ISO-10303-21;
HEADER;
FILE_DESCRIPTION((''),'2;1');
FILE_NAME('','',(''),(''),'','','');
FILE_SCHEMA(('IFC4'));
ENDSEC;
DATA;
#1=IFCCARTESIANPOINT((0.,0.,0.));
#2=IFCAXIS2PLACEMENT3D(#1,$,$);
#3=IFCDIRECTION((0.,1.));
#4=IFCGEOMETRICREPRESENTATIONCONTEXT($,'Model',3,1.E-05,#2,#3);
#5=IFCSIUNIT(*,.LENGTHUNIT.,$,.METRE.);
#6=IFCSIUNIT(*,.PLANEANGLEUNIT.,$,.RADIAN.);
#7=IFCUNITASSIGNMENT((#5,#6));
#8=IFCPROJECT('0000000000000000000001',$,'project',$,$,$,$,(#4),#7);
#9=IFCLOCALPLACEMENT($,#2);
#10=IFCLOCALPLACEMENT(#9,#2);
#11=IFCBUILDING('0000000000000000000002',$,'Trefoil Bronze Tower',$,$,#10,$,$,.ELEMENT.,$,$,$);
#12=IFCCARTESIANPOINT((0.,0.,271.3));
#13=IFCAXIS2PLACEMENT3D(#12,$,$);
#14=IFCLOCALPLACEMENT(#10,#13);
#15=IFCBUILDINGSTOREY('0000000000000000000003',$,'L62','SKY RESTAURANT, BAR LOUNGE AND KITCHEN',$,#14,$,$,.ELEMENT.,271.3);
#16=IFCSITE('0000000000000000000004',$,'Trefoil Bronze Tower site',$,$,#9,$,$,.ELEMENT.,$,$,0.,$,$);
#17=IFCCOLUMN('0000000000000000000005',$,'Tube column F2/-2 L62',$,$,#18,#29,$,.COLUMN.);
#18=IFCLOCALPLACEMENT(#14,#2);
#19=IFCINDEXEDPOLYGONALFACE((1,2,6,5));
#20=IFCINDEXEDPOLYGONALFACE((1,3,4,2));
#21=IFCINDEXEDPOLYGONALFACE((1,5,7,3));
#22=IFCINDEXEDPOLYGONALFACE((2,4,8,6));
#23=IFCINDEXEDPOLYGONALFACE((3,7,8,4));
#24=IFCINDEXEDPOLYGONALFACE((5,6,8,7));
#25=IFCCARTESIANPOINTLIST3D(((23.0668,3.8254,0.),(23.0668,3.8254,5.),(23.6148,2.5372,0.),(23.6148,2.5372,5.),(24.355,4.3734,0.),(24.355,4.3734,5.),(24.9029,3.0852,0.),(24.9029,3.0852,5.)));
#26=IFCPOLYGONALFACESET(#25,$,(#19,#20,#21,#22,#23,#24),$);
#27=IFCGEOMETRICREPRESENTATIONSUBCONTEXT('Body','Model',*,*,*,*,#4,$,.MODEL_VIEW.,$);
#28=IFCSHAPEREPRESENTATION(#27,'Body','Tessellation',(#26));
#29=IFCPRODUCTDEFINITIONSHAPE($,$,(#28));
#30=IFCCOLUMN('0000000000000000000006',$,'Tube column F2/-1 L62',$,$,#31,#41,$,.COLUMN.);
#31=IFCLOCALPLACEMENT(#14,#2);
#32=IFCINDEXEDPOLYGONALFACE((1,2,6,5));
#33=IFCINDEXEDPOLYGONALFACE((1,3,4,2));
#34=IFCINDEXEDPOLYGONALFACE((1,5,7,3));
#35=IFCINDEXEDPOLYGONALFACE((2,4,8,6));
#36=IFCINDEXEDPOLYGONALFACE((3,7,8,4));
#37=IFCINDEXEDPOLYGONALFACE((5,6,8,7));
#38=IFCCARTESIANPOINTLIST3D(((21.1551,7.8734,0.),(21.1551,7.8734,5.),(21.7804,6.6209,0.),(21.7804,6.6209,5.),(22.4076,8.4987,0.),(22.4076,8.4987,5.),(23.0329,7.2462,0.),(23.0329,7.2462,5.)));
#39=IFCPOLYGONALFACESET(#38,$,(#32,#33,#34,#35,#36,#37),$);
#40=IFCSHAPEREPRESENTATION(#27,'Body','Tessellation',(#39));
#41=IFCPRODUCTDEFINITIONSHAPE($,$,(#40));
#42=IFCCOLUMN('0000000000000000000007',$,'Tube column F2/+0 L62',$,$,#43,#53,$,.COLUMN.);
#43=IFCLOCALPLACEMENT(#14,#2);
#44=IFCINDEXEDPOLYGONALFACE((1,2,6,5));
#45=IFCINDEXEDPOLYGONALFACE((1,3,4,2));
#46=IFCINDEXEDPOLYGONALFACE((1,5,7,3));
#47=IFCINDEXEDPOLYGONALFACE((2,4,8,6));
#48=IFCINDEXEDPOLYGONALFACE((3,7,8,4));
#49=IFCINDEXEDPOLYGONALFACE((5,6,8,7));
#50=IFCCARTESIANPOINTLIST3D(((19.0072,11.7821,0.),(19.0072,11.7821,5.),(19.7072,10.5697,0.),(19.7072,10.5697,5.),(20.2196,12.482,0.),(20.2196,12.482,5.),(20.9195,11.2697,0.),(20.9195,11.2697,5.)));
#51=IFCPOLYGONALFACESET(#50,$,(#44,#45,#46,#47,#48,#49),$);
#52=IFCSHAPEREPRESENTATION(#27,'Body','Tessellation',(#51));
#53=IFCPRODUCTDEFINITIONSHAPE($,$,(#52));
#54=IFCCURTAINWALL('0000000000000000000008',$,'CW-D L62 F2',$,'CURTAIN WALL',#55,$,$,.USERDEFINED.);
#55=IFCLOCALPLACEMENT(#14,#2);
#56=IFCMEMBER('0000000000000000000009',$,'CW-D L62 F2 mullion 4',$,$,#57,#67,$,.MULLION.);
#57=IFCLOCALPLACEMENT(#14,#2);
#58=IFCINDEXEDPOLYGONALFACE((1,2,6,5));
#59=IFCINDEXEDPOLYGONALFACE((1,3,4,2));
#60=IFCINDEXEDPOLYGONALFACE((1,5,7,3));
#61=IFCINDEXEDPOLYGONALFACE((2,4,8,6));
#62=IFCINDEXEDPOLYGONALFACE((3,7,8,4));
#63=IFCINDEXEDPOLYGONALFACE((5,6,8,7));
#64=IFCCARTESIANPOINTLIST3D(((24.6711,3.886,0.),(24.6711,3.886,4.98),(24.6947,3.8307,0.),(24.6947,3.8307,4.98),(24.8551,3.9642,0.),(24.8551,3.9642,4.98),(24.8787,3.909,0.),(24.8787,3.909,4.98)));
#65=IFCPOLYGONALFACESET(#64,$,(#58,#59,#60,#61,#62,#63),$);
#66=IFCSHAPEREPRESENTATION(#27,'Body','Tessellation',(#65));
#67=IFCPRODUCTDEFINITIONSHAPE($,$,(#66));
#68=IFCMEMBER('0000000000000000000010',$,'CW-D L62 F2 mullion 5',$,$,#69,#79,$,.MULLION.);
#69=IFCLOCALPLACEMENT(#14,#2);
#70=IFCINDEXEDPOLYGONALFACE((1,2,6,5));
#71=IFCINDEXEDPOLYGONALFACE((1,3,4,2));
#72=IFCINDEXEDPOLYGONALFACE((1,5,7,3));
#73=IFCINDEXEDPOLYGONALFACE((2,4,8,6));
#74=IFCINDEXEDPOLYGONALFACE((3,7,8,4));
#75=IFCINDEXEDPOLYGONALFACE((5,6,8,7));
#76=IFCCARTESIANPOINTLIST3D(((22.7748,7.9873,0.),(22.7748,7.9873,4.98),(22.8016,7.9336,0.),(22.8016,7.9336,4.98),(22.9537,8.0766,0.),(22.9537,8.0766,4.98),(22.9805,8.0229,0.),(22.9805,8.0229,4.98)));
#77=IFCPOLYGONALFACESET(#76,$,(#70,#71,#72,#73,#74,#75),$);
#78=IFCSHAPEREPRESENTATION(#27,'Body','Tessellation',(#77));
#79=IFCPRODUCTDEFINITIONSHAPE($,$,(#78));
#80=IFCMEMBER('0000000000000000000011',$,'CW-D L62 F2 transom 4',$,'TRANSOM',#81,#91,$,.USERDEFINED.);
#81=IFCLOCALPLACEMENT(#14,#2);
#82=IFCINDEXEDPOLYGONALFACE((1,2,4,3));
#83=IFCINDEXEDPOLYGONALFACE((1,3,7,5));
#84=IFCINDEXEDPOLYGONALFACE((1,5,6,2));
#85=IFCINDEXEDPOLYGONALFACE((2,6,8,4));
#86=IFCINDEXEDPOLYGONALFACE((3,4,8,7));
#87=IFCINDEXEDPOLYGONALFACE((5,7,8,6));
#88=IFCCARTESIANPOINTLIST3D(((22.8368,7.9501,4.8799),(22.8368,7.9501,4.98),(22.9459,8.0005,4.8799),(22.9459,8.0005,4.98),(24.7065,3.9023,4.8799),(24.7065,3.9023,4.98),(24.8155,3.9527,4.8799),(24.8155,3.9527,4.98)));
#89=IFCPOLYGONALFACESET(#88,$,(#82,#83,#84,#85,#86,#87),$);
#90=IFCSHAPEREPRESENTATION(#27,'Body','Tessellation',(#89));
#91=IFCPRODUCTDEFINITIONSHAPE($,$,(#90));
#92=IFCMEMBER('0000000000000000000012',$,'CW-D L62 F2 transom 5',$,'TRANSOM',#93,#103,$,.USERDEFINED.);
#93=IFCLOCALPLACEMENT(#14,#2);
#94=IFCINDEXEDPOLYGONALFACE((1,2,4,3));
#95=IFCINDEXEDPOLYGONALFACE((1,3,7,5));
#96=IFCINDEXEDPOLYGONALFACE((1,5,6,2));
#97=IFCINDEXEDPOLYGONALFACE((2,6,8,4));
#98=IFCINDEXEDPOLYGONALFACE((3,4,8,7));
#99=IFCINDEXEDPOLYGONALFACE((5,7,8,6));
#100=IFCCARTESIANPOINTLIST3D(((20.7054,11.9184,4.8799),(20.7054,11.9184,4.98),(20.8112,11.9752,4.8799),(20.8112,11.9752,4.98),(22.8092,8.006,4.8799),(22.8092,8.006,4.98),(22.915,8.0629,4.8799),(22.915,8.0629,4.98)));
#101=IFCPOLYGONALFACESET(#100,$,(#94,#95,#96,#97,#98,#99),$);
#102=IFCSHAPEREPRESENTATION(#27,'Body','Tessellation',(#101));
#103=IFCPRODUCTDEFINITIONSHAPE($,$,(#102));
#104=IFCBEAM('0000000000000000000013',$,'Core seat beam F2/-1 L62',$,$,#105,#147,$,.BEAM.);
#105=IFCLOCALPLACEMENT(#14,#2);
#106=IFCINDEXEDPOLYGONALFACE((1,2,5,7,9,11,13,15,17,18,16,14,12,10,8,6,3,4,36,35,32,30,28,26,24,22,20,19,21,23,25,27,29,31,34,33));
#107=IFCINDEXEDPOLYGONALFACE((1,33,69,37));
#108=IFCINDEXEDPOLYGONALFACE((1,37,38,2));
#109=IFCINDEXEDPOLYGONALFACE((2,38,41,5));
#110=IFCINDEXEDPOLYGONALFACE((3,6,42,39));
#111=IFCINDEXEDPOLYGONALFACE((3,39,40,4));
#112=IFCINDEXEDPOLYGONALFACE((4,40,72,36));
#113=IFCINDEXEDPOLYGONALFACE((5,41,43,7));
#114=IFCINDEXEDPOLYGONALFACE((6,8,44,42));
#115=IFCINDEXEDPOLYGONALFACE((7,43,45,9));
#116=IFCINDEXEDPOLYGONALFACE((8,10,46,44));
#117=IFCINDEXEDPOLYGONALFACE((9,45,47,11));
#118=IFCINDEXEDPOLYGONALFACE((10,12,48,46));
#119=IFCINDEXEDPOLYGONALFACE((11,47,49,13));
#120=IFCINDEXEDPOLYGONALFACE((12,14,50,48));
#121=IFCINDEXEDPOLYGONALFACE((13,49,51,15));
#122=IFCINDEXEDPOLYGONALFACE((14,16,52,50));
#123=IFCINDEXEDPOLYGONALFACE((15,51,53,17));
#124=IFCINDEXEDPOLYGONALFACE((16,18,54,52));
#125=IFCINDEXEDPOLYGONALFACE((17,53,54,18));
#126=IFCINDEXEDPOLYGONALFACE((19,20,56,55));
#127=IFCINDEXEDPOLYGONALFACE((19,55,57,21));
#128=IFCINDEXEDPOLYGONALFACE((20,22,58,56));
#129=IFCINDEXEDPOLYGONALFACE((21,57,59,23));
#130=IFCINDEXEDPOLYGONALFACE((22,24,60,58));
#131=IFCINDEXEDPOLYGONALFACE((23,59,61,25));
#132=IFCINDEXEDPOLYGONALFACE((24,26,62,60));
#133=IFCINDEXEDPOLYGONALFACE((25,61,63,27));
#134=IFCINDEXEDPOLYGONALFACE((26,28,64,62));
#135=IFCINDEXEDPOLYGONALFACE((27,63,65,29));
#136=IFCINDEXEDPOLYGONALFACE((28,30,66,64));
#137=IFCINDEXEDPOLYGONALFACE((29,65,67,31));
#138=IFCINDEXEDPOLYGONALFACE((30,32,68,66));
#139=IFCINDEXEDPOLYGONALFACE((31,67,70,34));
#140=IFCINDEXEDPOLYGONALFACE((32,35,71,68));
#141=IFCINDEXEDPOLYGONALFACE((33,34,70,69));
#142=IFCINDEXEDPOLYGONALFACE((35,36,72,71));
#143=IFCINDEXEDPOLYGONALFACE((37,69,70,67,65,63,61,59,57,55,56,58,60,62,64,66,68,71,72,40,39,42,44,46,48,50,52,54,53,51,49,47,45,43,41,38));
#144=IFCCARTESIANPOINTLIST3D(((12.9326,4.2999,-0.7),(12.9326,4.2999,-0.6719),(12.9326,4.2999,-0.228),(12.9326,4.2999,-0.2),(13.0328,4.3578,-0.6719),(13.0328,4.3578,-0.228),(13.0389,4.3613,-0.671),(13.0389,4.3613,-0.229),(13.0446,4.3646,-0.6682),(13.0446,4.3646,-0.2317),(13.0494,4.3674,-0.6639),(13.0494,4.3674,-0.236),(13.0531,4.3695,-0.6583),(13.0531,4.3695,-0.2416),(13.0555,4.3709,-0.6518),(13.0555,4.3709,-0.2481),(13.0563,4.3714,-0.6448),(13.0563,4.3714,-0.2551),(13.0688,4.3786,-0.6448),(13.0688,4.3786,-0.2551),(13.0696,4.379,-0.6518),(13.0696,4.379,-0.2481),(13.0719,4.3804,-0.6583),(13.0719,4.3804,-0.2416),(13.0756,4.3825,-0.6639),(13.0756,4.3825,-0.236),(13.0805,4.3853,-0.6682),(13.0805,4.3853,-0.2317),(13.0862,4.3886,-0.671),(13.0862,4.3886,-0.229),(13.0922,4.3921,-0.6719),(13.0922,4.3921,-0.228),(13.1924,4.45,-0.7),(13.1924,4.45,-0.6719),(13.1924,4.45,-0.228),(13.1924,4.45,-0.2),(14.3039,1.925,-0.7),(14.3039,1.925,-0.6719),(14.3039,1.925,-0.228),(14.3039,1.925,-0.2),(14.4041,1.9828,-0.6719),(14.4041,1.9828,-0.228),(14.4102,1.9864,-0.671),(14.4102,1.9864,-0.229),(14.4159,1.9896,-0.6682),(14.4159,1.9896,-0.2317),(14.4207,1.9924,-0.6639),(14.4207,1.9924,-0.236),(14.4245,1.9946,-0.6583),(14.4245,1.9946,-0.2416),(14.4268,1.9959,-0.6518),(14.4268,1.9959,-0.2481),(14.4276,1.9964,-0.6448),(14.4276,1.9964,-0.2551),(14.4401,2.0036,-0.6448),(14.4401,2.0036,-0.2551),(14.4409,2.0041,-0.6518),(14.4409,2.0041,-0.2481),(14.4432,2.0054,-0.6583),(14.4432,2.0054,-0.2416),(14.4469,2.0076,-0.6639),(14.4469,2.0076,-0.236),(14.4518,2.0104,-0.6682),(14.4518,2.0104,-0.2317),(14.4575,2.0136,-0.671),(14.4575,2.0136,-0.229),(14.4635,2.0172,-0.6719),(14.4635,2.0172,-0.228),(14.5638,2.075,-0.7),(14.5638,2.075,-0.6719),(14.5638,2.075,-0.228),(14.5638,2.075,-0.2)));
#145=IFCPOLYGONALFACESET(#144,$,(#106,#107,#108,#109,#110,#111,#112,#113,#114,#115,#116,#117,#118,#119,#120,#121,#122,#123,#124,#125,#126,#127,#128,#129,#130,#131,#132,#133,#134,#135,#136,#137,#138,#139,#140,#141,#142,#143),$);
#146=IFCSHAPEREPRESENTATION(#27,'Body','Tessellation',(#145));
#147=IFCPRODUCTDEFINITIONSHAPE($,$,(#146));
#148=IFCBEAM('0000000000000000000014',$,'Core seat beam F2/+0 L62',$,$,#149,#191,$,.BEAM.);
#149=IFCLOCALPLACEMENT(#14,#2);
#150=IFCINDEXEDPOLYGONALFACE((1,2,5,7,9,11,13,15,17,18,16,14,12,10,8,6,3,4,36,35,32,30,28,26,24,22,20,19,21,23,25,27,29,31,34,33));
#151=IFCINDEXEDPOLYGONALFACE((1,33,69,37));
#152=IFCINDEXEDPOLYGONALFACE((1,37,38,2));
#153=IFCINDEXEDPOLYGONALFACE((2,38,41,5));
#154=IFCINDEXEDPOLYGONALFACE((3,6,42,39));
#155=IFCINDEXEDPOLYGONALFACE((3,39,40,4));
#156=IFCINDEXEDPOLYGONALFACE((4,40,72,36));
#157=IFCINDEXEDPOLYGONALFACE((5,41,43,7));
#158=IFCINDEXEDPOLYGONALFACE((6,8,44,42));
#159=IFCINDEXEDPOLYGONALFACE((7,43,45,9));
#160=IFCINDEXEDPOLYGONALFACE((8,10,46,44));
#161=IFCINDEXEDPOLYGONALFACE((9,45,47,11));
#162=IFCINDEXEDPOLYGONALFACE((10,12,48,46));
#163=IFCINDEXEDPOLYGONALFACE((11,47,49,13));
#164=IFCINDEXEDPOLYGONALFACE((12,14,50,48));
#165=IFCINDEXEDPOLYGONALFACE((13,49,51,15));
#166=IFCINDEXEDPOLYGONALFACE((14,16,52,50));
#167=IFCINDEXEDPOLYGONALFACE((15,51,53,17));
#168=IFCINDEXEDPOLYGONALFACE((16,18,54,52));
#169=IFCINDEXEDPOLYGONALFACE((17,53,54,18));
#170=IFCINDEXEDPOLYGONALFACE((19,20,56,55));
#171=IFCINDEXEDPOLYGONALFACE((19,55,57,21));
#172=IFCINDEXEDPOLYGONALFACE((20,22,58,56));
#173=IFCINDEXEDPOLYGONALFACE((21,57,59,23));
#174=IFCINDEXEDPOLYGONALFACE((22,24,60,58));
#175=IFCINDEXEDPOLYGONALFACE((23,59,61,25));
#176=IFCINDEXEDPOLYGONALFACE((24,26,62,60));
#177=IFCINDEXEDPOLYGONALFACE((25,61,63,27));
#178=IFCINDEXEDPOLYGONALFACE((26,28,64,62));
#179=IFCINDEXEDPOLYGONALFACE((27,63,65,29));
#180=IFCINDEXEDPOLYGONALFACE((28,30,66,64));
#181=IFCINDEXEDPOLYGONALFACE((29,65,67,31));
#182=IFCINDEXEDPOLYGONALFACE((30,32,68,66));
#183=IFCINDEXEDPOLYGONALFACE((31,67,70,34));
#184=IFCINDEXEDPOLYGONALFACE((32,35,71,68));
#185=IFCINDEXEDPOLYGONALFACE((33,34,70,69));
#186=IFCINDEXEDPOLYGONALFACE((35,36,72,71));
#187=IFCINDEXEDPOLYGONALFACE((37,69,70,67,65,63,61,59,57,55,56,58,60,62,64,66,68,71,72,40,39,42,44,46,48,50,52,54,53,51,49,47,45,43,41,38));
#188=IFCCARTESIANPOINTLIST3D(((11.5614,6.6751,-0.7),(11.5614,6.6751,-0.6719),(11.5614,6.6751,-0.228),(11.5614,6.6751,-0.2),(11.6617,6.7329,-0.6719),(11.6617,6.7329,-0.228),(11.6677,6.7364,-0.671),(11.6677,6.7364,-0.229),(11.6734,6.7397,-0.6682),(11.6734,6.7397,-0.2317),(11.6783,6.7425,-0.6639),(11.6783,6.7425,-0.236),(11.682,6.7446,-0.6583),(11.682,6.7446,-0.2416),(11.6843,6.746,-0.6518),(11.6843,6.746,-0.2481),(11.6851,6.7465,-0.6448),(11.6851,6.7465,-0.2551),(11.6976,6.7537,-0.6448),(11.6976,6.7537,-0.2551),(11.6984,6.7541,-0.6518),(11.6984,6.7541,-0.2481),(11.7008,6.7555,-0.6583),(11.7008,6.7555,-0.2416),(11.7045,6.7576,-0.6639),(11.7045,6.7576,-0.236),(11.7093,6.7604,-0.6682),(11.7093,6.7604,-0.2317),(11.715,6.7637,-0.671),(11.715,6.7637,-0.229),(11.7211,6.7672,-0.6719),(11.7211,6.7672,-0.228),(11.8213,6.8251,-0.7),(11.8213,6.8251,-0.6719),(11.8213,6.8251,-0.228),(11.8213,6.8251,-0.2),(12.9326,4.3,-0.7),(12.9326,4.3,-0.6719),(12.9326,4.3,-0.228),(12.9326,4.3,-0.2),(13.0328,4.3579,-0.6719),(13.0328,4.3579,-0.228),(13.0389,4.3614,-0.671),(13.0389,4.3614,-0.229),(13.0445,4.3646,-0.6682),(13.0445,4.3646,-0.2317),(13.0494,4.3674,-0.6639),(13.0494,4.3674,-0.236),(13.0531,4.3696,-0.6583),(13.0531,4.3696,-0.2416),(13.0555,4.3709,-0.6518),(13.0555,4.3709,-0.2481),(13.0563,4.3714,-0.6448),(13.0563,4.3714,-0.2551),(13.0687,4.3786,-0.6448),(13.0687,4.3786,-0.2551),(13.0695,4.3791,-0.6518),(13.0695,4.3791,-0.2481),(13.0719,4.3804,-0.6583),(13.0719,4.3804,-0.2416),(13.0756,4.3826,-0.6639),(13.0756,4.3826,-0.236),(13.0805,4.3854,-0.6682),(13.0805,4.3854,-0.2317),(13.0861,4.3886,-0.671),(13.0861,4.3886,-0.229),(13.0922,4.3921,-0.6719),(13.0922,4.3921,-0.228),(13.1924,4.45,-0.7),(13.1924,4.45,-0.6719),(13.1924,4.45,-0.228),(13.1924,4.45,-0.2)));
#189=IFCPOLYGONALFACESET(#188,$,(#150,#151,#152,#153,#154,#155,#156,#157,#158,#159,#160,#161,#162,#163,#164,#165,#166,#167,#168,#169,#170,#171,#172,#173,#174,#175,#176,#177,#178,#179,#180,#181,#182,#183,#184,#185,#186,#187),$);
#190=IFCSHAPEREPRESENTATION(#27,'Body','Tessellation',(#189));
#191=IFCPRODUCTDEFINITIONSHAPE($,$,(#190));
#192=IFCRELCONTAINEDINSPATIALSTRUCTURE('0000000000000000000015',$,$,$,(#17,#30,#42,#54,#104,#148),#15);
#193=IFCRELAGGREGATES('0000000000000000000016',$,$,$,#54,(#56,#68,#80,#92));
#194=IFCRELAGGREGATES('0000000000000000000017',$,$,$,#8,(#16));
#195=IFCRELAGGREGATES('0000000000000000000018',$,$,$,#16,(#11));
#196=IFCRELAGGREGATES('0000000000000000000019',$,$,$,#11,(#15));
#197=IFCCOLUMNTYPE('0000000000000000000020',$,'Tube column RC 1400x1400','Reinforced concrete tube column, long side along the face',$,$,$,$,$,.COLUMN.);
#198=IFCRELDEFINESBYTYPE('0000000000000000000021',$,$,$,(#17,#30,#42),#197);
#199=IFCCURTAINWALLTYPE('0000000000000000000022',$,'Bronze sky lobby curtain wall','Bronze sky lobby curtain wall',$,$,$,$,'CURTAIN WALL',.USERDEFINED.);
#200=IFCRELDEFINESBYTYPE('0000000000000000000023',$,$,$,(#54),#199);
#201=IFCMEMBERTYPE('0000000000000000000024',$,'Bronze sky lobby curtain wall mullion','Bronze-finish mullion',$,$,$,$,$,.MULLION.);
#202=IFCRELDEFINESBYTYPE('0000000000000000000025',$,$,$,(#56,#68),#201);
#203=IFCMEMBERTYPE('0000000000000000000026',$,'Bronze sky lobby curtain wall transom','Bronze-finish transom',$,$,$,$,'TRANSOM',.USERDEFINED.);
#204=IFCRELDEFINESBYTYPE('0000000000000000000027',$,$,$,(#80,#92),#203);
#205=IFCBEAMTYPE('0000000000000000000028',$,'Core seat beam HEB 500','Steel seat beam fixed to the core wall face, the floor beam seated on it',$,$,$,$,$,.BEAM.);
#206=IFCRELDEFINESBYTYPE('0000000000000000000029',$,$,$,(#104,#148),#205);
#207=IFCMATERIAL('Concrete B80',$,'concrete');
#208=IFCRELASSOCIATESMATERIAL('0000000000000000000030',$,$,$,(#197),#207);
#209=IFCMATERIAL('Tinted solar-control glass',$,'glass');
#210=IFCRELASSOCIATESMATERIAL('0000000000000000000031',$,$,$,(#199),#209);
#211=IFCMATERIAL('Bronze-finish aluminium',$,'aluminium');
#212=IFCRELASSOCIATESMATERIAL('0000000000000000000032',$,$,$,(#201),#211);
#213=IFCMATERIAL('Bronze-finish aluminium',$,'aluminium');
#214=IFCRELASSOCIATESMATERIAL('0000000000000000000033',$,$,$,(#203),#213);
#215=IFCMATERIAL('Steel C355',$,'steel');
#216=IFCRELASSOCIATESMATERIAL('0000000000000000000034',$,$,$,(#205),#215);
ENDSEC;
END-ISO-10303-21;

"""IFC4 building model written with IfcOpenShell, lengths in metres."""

from ifc_helpers import new_model, si_unit, direction, frame, origin, origin_2d, place, context, subcontext, project, spatial, rectangle, i_section, extrude, material, material_profile, profile_set, type_object, element, aggregate, save


model = new_model("IFC4")

# Units and contexts
model_context = context("Model", 3, precision=1e-05, world=origin(), true_north=direction((0.0, 1.0)))
body_context = subcontext(model_context, "Body", "Model", "MODEL_VIEW")
ifc_project = project(units=[si_unit("LENGTHUNIT", "METRE"), si_unit("PLANEANGLEUNIT", "RADIAN")], contexts=[model_context])

# Site, building, storey
site_placement = place(None, origin())
site = spatial("IfcSite", under=ifc_project, at=site_placement, Name="Trefoil Bronze Tower site", CompositionType="ELEMENT", RefElevation=0.0)
building_placement = place(site_placement, origin())
building = spatial("IfcBuilding", under=site, at=building_placement, Name="Trefoil Bronze Tower", CompositionType="ELEMENT")
storey_placement = place(building_placement, frame((0.0, 0.0, 271.3)))
storey = spatial("IfcBuildingStorey", under=building, at=storey_placement, Name="L62", Description="SKY RESTAURANT, BAR LOUNGE AND KITCHEN", CompositionType="ELEMENT", Elevation=271.3)

# Columns
ifc_material_1 = material(Name="Concrete B80", Category="concrete")
ifc_material_profile_1 = material_profile(ifc_material_1, rectangle(XDim=1.3999, YDim=1.3999, at=origin_2d()), Name="RC 1400x1400")
ifc_profile_set_1 = profile_set([ifc_material_profile_1], Name="Concrete B80")
column_type = type_object("IfcColumnType", Name="Tube column RC 1400x1400", Description="Reinforced concrete tube column, long side along the face", PredefinedType="COLUMN", material=ifc_profile_set_1)
for number, where, z_axis, x_axis, name in (
    (1, (23.9849, 3.4553, 0.0), (0.0, 0.0, 1.0), (-0.391436, 0.920205, 0.0), "Tube column F2/-2 L62"),
    (2, (22.094, 7.5598, 0.0), (0.0, 0.0, 1.0), (-0.446641, 0.894713, 0.0), "Tube column F2/-1 L62"),
    (3, (19.9634, 11.5259, 0.0), (0.0, 0.0, 1.0), (-0.5, 0.866025, 0.0), "Tube column F2/+0 L62"),
):
    element("IfcColumn", number, at=place(storey_placement, frame(where, z_axis=z_axis, x_axis=x_axis)), inside=storey, type_object=column_type, Name=name, PredefinedType="COLUMN", context=body_context, shape_type="SweptSolid", body=[
        extrude(rectangle(XDim=1.3999, YDim=1.3999, at=origin_2d()), origin(), (0.0, 0.0, 1.0), 5.0),
    ])

# Curtain wall, members
ifc_material_2 = material(Name="Tinted solar-control glass", Category="glass")
curtain_wall_type = type_object("IfcCurtainWallType", Name="Bronze sky lobby curtain wall", Description="Bronze sky lobby curtain wall", ElementType="CURTAIN WALL", PredefinedType="USERDEFINED", material=ifc_material_2)
curtain_wall_placement = place(storey_placement, origin())
curtain_wall = element("IfcCurtainWall", 4, at=curtain_wall_placement, inside=storey, type_object=curtain_wall_type, Name="CW-D L62 F2", ObjectType="CURTAIN WALL", PredefinedType="USERDEFINED")
ifc_material_3 = material(Name="Bronze-finish aluminium", Category="aluminium")
ifc_material_profile_2 = material_profile(ifc_material_3, rectangle(XDim=0.2, YDim=0.0601, at=origin_2d()), Name="CW-D mullion")
ifc_profile_set_2 = profile_set([ifc_material_profile_2], Name="Bronze-finish aluminium")
member_type_1 = type_object("IfcMemberType", Name="Bronze sky lobby curtain wall mullion", Description="Bronze-finish mullion", PredefinedType="MULLION", material=ifc_profile_set_2)
member_1_placement = place(storey_placement, frame((24.7749, 3.8975, 0.0), z_axis=(0.0, 0.0, 1.0), x_axis=(-0.920205, -0.391436, 0.0)))
member_1 = element("IfcMember", 5, at=member_1_placement, type_object=member_type_1, Name="CW-D L62 F2 mullion 4", PredefinedType="MULLION", context=body_context, shape_type="SweptSolid", body=[
    extrude(rectangle(XDim=0.2, YDim=0.0601, at=origin_2d()), origin(), (0.0, 0.0, 1.0), 4.98),
])
member_2_placement = place(storey_placement, frame((22.8777, 8.0051, 0.0), z_axis=(0.0, 0.0, 1.0), x_axis=(-0.894713, -0.446641, 0.0)))
member_2 = element("IfcMember", 6, at=member_2_placement, type_object=member_type_1, Name="CW-D L62 F2 mullion 5", PredefinedType="MULLION", context=body_context, shape_type="SweptSolid", body=[
    extrude(rectangle(XDim=0.2, YDim=0.0601, at=origin_2d()), origin(), (0.0, 0.0, 1.0), 4.98),
])
ifc_material_4 = material(Name="Bronze-finish aluminium", Category="aluminium")
ifc_material_profile_3 = material_profile(ifc_material_4, rectangle(XDim=0.1201, YDim=0.1001, at=origin_2d()), Name="CW-D transom")
ifc_profile_set_3 = profile_set([ifc_material_profile_3], Name="Bronze-finish aluminium")
member_type_2 = type_object("IfcMemberType", Name="Bronze sky lobby curtain wall transom", Description="Bronze-finish transom", ElementType="TRANSOM", PredefinedType="USERDEFINED", material=ifc_profile_set_3)
member_3_placement = place(storey_placement, frame((24.761, 3.9275, 4.9299), z_axis=(-0.419315, 0.907841, 0.0), x_axis=(-0.907841, -0.419315, 0.0)))
member_3 = element("IfcMember", 7, at=member_3_placement, type_object=member_type_2, Name="CW-D L62 F2 transom 4", ObjectType="TRANSOM", PredefinedType="USERDEFINED", context=body_context, shape_type="SweptSolid", body=[
    extrude(rectangle(XDim=0.1201, YDim=0.1001, at=origin_2d()), origin(), (0.0, 0.0, 1.0), 4.4587),
])
member_4_placement = place(storey_placement, frame((22.8621, 8.0344, 4.9299), z_axis=(-0.473595, 0.880743, 0.0), x_axis=(-0.880743, -0.473595, 0.0)))
member_4 = element("IfcMember", 8, at=member_4_placement, type_object=member_type_2, Name="CW-D L62 F2 transom 5", ObjectType="TRANSOM", PredefinedType="USERDEFINED", context=body_context, shape_type="SweptSolid", body=[
    extrude(rectangle(XDim=0.1201, YDim=0.1001, at=origin_2d()), origin(), (0.0, 0.0, 1.0), 4.4421),
])

# Beams
ifc_material_5 = material(Name="Steel C355", Category="steel")
ifc_material_profile_4 = material_profile(ifc_material_5, i_section(OverallWidth=0.3, OverallDepth=0.5, WebThickness=0.0144, FlangeThickness=0.0281, FilletRadius=0.0271, at=origin_2d()), Name="HEB 500")
ifc_profile_set_4 = profile_set([ifc_material_profile_4], Name="Steel C355")
beam_type_1 = type_object("IfcBeamType", Name="Core seat beam HEB 500", Description="Steel seat beam fixed to the core wall face, the floor beam seated on it", PredefinedType="BEAM", material=ifc_profile_set_4)
for number, where, z_axis, x_axis, name in (
    (9, (14.4338, 2.0, -0.45), (-0.500036, 0.866005, 0.0), (-0.866005, -0.500036, 0.0), "Core seat beam F2/-1 L62"),
    (10, (13.0625, 4.375, -0.45), (-0.499969, 0.866043, 0.0), (-0.866043, -0.499969, 0.0), "Core seat beam F2/+0 L62"),
):
    element("IfcBeam", number, at=place(storey_placement, frame(where, z_axis=z_axis, x_axis=x_axis)), inside=storey, type_object=beam_type_1, Name=name, PredefinedType="BEAM", context=body_context, shape_type="SweptSolid", body=[
        extrude(i_section(OverallWidth=0.3, OverallDepth=0.5, WebThickness=0.0144, FlangeThickness=0.0281, FilletRadius=0.0271, at=origin_2d()), origin(), (0.0, 0.0, 1.0), 2.7424),
    ])

aggregate(curtain_wall, [member_1, member_2, member_3, member_4])

save(model, "model.ifc")
